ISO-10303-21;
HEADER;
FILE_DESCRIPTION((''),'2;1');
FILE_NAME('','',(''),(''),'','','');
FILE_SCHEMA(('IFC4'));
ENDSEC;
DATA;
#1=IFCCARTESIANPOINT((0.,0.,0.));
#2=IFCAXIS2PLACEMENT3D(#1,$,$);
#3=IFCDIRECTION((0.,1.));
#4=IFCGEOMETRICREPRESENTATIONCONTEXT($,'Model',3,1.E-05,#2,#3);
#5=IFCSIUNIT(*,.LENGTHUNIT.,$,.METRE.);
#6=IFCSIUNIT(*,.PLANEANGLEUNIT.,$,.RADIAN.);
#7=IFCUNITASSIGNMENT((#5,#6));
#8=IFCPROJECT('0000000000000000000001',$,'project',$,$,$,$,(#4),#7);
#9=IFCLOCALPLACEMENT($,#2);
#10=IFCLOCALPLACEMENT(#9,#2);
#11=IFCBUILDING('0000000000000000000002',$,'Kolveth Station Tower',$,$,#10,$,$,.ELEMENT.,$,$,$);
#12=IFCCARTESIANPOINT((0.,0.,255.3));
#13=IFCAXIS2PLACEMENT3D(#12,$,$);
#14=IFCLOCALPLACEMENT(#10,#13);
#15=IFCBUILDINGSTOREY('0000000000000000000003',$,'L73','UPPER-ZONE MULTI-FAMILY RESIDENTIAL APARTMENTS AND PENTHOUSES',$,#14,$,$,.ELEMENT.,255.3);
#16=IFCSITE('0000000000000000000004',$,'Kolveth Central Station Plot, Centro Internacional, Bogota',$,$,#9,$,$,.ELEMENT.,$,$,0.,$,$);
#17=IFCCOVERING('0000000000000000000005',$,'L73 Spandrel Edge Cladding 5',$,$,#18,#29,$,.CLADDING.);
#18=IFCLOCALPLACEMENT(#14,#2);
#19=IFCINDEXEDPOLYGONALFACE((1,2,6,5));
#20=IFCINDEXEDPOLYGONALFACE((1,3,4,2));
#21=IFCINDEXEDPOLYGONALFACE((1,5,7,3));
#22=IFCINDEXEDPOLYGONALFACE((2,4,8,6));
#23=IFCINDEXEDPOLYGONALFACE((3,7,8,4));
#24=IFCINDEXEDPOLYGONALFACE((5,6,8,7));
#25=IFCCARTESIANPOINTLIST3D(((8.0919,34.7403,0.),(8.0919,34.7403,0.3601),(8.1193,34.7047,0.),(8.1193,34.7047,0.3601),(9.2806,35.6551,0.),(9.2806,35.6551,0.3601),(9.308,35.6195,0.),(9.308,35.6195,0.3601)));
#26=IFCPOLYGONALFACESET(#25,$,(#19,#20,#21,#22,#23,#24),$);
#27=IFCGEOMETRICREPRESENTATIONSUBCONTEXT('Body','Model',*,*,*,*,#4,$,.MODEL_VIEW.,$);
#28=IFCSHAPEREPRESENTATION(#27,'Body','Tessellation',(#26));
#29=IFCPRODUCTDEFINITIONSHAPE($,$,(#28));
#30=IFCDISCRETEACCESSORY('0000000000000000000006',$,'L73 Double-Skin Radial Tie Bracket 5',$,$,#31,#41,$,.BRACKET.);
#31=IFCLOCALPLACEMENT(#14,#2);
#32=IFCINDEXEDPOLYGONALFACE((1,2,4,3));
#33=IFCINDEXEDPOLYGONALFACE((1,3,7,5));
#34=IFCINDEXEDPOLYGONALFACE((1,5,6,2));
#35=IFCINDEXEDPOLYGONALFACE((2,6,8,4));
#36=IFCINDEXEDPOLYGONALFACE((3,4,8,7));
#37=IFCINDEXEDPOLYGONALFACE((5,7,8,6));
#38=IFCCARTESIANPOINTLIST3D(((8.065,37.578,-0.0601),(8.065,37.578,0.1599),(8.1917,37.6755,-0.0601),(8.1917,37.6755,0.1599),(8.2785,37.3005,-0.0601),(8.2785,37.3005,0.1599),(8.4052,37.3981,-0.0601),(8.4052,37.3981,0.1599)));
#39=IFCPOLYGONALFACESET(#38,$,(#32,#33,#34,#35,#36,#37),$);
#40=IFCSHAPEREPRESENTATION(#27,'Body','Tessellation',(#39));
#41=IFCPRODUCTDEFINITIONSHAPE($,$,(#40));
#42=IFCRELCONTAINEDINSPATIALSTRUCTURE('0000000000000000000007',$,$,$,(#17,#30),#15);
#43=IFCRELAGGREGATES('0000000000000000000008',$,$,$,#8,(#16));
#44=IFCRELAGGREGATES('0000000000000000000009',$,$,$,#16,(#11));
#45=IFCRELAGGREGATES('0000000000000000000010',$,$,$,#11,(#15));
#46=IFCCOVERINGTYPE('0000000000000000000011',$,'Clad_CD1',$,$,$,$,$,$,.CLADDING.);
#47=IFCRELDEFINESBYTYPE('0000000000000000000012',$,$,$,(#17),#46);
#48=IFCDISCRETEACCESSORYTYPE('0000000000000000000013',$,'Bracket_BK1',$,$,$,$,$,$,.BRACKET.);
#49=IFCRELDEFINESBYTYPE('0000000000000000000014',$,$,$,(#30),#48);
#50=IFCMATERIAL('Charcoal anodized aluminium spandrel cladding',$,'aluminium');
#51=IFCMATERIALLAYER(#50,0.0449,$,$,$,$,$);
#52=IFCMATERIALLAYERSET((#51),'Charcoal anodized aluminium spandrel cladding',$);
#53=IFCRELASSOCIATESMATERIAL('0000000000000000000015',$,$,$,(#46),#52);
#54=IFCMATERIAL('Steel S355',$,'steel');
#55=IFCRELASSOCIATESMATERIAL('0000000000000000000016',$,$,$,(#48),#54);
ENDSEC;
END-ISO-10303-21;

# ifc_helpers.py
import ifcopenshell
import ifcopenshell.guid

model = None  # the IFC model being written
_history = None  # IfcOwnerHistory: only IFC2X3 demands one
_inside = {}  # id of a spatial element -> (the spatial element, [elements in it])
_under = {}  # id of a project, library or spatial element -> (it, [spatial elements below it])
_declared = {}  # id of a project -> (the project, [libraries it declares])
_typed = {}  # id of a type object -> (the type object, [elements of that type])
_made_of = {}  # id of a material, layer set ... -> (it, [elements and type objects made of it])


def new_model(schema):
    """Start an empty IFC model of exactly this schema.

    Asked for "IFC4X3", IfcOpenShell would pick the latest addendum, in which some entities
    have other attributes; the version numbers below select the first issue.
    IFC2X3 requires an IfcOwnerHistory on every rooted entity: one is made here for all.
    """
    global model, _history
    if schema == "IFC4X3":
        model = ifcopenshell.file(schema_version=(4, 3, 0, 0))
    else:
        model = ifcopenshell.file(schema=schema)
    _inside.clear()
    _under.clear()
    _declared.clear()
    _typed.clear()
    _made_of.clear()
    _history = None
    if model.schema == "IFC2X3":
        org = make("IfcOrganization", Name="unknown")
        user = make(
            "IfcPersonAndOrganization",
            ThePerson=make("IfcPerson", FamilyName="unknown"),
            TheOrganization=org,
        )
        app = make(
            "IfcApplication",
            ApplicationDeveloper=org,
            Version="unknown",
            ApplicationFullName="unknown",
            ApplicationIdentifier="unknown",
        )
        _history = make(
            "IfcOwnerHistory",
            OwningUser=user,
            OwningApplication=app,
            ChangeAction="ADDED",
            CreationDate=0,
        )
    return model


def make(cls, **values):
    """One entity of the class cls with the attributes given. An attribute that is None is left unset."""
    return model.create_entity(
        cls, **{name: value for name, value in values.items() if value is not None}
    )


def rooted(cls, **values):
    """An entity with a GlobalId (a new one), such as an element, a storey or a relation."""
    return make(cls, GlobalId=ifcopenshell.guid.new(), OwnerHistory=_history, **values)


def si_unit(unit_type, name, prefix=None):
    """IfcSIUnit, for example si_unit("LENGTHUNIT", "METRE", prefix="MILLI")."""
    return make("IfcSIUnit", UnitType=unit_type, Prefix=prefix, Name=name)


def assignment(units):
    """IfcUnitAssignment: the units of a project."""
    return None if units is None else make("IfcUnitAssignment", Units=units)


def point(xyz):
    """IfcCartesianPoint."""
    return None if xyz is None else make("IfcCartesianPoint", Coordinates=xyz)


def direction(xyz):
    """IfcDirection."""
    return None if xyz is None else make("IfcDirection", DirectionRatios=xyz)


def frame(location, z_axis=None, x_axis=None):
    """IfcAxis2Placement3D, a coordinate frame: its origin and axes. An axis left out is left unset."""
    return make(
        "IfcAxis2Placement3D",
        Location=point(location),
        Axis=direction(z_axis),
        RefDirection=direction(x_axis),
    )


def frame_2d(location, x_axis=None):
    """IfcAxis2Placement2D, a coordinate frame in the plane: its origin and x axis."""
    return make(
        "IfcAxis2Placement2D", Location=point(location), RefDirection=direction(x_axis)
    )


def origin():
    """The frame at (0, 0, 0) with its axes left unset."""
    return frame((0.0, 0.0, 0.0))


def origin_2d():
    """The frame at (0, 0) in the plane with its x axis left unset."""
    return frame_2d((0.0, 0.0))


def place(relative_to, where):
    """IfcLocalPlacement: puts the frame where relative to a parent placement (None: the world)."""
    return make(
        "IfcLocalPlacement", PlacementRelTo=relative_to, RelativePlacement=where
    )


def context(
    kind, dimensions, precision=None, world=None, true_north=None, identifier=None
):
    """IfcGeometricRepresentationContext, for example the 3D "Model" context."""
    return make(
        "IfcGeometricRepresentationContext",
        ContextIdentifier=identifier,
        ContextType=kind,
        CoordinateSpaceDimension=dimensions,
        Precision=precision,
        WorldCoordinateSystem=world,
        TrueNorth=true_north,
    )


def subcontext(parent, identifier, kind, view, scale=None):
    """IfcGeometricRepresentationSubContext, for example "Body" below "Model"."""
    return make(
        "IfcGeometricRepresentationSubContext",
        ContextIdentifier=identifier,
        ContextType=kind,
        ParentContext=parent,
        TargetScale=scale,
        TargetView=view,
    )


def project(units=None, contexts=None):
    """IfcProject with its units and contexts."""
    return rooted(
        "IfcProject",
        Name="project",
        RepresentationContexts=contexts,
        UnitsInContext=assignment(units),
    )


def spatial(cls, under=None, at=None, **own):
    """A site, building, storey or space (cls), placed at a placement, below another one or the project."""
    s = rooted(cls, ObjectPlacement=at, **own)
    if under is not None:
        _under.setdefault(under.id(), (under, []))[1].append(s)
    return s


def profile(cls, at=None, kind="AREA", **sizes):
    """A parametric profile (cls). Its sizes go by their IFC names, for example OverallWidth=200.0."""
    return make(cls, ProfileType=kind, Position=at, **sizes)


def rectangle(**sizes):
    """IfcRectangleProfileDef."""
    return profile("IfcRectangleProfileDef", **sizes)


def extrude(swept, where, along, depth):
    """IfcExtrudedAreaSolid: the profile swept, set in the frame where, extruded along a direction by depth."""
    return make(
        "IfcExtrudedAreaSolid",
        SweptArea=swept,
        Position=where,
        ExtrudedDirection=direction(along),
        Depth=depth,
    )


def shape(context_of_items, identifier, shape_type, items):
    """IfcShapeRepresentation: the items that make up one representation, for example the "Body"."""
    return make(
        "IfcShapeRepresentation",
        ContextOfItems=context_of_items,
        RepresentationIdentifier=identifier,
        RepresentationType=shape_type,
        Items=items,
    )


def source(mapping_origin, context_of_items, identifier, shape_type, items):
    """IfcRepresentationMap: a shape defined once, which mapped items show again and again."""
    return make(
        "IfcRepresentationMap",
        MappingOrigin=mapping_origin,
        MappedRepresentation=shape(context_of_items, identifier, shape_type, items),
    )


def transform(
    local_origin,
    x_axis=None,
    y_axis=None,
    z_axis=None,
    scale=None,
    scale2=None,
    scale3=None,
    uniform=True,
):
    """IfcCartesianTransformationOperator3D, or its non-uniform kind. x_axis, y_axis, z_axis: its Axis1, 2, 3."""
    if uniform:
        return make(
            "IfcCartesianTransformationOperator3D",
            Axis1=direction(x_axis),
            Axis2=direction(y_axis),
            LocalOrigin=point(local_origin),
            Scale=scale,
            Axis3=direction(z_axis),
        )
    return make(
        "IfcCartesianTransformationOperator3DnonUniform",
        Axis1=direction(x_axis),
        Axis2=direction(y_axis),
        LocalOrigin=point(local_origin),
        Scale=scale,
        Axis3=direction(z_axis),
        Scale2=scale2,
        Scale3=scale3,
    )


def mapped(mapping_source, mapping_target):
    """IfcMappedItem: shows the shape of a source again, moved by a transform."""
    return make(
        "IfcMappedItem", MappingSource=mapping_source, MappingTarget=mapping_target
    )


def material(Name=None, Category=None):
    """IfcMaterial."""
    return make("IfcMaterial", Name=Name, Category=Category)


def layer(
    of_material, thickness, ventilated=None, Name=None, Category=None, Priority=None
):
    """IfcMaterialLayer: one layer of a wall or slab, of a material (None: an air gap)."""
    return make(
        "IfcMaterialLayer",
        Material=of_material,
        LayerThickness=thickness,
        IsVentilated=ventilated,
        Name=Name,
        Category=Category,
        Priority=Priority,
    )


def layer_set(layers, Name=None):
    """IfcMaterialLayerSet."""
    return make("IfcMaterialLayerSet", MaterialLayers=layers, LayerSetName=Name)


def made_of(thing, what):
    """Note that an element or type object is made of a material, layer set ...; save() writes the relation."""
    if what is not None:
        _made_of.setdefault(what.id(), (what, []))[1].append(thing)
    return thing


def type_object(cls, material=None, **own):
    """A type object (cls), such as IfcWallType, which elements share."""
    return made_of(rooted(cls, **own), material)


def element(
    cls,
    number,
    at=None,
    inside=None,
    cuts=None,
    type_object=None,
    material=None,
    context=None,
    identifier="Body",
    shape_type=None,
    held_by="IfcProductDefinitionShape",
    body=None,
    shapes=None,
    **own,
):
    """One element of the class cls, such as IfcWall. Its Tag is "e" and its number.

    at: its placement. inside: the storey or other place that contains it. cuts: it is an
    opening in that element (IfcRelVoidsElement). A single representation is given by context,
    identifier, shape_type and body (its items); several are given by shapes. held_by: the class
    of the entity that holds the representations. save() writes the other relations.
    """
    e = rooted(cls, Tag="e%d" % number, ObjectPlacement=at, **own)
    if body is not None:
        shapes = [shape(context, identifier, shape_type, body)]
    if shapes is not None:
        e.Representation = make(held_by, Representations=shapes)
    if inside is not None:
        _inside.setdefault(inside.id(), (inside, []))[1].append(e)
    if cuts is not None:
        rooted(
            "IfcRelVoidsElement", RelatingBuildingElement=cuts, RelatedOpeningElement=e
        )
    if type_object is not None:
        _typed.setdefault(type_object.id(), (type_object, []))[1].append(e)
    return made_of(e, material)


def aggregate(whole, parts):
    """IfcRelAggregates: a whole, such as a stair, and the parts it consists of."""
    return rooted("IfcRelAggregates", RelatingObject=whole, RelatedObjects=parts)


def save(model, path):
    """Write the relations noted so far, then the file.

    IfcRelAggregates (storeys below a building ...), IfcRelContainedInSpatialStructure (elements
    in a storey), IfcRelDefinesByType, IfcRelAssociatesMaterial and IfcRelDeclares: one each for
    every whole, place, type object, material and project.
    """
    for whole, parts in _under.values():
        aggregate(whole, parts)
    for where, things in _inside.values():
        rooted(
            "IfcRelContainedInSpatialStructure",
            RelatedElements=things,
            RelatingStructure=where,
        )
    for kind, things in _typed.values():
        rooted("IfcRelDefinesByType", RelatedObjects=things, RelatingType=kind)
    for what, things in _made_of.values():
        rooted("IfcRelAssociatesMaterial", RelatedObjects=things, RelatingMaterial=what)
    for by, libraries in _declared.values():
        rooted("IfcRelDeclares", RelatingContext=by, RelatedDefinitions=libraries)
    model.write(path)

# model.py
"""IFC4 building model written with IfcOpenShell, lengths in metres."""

from ifc_helpers import new_model, si_unit, direction, frame, origin, origin_2d, place, context, subcontext, project, spatial, rectangle, extrude, source, transform, mapped, material, layer, layer_set, type_object, element, save


model = new_model("IFC4")

# Units and contexts
model_context = context("Model", 3, precision=1e-05, world=origin(), true_north=direction((0.0, 1.0)))
body_context = subcontext(model_context, "Body", "Model", "MODEL_VIEW")
ifc_project = project(units=[si_unit("LENGTHUNIT", "METRE"), si_unit("PLANEANGLEUNIT", "RADIAN")], contexts=[model_context])

# Site, building, storey
site_placement = place(None, origin())
site = spatial("IfcSite", under=ifc_project, at=site_placement, Name="Kolveth Central Station Plot, Centro Internacional, Bogota", CompositionType="ELEMENT", RefElevation=0.0)
building_placement = place(site_placement, origin())
building = spatial("IfcBuilding", under=site, at=building_placement, Name="Kolveth Station Tower", CompositionType="ELEMENT")
storey_placement = place(building_placement, frame((0.0, 0.0, 255.3)))
storey = spatial("IfcBuildingStorey", under=building, at=storey_placement, Name="L73", Description="UPPER-ZONE MULTI-FAMILY RESIDENTIAL APARTMENTS AND PENTHOUSES", CompositionType="ELEMENT", Elevation=255.3)

# Shared definitions
ifc_material_1 = material(Name="Steel S355", Category="steel")

# Covering
ifc_material_2 = material(Name="Charcoal anodized aluminium spandrel cladding", Category="aluminium")
ifc_layer_1 = layer(ifc_material_2, 0.0449)
ifc_layer_set_1 = layer_set([ifc_layer_1], Name="Charcoal anodized aluminium spandrel cladding")
covering_type = type_object("IfcCoveringType", Name="Clad_CD1", PredefinedType="CLADDING", material=ifc_layer_set_1)
shared_shape_1 = source(origin(), body_context, "Body", "SweptSolid", [
    extrude(rectangle(XDim=1.5, YDim=0.0449, at=origin_2d()), origin(), (0.0, 0.0, 1.0), 0.3601),
])
covering_placement = place(storey_placement, frame((8.7, 35.1799, 0.0), z_axis=(0.0, 0.0, 1.0), x_axis=(-0.792503, -0.609869, 0.0)))
element("IfcCovering", 1, at=covering_placement, inside=storey, type_object=covering_type, Name="L73 Spandrel Edge Cladding 5", PredefinedType="CLADDING", context=body_context, shape_type="MappedRepresentation", body=[
    mapped(shared_shape_1, transform((0.0, 0.0, 0.0), x_axis=(1.0, 0.0, 0.0), y_axis=(0.0, 1.0, 0.0), z_axis=(0.0, 0.0, 1.0), scale=1.0)),
])

# Discrete accessory
discrete_accessory_type = type_object("IfcDiscreteAccessoryType", Name="Bracket_BK1", PredefinedType="BRACKET", material=ifc_material_1)
shared_shape_2 = source(origin(), body_context, "Body", "SweptSolid", [
    extrude(rectangle(XDim=0.3501, YDim=0.1599, at=origin_2d()), origin(), (0.0, 0.0, 1.0), 0.22),
])
discrete_accessory_placement = place(storey_placement, frame((8.2351, 37.488, -0.0601), z_axis=(0.0, 0.0, 1.0), x_axis=(-0.609869, 0.792503, 0.0)))
element("IfcDiscreteAccessory", 2, at=discrete_accessory_placement, inside=storey, type_object=discrete_accessory_type, Name="L73 Double-Skin Radial Tie Bracket 5", PredefinedType="BRACKET", context=body_context, shape_type="MappedRepresentation", body=[
    mapped(shared_shape_2, transform((0.0, 0.0, 0.0), x_axis=(1.0, 0.0, 0.0), y_axis=(0.0, 1.0, 0.0), z_axis=(0.0, 0.0, 1.0), scale=1.0)),
])

save(model, "model.ifc")
